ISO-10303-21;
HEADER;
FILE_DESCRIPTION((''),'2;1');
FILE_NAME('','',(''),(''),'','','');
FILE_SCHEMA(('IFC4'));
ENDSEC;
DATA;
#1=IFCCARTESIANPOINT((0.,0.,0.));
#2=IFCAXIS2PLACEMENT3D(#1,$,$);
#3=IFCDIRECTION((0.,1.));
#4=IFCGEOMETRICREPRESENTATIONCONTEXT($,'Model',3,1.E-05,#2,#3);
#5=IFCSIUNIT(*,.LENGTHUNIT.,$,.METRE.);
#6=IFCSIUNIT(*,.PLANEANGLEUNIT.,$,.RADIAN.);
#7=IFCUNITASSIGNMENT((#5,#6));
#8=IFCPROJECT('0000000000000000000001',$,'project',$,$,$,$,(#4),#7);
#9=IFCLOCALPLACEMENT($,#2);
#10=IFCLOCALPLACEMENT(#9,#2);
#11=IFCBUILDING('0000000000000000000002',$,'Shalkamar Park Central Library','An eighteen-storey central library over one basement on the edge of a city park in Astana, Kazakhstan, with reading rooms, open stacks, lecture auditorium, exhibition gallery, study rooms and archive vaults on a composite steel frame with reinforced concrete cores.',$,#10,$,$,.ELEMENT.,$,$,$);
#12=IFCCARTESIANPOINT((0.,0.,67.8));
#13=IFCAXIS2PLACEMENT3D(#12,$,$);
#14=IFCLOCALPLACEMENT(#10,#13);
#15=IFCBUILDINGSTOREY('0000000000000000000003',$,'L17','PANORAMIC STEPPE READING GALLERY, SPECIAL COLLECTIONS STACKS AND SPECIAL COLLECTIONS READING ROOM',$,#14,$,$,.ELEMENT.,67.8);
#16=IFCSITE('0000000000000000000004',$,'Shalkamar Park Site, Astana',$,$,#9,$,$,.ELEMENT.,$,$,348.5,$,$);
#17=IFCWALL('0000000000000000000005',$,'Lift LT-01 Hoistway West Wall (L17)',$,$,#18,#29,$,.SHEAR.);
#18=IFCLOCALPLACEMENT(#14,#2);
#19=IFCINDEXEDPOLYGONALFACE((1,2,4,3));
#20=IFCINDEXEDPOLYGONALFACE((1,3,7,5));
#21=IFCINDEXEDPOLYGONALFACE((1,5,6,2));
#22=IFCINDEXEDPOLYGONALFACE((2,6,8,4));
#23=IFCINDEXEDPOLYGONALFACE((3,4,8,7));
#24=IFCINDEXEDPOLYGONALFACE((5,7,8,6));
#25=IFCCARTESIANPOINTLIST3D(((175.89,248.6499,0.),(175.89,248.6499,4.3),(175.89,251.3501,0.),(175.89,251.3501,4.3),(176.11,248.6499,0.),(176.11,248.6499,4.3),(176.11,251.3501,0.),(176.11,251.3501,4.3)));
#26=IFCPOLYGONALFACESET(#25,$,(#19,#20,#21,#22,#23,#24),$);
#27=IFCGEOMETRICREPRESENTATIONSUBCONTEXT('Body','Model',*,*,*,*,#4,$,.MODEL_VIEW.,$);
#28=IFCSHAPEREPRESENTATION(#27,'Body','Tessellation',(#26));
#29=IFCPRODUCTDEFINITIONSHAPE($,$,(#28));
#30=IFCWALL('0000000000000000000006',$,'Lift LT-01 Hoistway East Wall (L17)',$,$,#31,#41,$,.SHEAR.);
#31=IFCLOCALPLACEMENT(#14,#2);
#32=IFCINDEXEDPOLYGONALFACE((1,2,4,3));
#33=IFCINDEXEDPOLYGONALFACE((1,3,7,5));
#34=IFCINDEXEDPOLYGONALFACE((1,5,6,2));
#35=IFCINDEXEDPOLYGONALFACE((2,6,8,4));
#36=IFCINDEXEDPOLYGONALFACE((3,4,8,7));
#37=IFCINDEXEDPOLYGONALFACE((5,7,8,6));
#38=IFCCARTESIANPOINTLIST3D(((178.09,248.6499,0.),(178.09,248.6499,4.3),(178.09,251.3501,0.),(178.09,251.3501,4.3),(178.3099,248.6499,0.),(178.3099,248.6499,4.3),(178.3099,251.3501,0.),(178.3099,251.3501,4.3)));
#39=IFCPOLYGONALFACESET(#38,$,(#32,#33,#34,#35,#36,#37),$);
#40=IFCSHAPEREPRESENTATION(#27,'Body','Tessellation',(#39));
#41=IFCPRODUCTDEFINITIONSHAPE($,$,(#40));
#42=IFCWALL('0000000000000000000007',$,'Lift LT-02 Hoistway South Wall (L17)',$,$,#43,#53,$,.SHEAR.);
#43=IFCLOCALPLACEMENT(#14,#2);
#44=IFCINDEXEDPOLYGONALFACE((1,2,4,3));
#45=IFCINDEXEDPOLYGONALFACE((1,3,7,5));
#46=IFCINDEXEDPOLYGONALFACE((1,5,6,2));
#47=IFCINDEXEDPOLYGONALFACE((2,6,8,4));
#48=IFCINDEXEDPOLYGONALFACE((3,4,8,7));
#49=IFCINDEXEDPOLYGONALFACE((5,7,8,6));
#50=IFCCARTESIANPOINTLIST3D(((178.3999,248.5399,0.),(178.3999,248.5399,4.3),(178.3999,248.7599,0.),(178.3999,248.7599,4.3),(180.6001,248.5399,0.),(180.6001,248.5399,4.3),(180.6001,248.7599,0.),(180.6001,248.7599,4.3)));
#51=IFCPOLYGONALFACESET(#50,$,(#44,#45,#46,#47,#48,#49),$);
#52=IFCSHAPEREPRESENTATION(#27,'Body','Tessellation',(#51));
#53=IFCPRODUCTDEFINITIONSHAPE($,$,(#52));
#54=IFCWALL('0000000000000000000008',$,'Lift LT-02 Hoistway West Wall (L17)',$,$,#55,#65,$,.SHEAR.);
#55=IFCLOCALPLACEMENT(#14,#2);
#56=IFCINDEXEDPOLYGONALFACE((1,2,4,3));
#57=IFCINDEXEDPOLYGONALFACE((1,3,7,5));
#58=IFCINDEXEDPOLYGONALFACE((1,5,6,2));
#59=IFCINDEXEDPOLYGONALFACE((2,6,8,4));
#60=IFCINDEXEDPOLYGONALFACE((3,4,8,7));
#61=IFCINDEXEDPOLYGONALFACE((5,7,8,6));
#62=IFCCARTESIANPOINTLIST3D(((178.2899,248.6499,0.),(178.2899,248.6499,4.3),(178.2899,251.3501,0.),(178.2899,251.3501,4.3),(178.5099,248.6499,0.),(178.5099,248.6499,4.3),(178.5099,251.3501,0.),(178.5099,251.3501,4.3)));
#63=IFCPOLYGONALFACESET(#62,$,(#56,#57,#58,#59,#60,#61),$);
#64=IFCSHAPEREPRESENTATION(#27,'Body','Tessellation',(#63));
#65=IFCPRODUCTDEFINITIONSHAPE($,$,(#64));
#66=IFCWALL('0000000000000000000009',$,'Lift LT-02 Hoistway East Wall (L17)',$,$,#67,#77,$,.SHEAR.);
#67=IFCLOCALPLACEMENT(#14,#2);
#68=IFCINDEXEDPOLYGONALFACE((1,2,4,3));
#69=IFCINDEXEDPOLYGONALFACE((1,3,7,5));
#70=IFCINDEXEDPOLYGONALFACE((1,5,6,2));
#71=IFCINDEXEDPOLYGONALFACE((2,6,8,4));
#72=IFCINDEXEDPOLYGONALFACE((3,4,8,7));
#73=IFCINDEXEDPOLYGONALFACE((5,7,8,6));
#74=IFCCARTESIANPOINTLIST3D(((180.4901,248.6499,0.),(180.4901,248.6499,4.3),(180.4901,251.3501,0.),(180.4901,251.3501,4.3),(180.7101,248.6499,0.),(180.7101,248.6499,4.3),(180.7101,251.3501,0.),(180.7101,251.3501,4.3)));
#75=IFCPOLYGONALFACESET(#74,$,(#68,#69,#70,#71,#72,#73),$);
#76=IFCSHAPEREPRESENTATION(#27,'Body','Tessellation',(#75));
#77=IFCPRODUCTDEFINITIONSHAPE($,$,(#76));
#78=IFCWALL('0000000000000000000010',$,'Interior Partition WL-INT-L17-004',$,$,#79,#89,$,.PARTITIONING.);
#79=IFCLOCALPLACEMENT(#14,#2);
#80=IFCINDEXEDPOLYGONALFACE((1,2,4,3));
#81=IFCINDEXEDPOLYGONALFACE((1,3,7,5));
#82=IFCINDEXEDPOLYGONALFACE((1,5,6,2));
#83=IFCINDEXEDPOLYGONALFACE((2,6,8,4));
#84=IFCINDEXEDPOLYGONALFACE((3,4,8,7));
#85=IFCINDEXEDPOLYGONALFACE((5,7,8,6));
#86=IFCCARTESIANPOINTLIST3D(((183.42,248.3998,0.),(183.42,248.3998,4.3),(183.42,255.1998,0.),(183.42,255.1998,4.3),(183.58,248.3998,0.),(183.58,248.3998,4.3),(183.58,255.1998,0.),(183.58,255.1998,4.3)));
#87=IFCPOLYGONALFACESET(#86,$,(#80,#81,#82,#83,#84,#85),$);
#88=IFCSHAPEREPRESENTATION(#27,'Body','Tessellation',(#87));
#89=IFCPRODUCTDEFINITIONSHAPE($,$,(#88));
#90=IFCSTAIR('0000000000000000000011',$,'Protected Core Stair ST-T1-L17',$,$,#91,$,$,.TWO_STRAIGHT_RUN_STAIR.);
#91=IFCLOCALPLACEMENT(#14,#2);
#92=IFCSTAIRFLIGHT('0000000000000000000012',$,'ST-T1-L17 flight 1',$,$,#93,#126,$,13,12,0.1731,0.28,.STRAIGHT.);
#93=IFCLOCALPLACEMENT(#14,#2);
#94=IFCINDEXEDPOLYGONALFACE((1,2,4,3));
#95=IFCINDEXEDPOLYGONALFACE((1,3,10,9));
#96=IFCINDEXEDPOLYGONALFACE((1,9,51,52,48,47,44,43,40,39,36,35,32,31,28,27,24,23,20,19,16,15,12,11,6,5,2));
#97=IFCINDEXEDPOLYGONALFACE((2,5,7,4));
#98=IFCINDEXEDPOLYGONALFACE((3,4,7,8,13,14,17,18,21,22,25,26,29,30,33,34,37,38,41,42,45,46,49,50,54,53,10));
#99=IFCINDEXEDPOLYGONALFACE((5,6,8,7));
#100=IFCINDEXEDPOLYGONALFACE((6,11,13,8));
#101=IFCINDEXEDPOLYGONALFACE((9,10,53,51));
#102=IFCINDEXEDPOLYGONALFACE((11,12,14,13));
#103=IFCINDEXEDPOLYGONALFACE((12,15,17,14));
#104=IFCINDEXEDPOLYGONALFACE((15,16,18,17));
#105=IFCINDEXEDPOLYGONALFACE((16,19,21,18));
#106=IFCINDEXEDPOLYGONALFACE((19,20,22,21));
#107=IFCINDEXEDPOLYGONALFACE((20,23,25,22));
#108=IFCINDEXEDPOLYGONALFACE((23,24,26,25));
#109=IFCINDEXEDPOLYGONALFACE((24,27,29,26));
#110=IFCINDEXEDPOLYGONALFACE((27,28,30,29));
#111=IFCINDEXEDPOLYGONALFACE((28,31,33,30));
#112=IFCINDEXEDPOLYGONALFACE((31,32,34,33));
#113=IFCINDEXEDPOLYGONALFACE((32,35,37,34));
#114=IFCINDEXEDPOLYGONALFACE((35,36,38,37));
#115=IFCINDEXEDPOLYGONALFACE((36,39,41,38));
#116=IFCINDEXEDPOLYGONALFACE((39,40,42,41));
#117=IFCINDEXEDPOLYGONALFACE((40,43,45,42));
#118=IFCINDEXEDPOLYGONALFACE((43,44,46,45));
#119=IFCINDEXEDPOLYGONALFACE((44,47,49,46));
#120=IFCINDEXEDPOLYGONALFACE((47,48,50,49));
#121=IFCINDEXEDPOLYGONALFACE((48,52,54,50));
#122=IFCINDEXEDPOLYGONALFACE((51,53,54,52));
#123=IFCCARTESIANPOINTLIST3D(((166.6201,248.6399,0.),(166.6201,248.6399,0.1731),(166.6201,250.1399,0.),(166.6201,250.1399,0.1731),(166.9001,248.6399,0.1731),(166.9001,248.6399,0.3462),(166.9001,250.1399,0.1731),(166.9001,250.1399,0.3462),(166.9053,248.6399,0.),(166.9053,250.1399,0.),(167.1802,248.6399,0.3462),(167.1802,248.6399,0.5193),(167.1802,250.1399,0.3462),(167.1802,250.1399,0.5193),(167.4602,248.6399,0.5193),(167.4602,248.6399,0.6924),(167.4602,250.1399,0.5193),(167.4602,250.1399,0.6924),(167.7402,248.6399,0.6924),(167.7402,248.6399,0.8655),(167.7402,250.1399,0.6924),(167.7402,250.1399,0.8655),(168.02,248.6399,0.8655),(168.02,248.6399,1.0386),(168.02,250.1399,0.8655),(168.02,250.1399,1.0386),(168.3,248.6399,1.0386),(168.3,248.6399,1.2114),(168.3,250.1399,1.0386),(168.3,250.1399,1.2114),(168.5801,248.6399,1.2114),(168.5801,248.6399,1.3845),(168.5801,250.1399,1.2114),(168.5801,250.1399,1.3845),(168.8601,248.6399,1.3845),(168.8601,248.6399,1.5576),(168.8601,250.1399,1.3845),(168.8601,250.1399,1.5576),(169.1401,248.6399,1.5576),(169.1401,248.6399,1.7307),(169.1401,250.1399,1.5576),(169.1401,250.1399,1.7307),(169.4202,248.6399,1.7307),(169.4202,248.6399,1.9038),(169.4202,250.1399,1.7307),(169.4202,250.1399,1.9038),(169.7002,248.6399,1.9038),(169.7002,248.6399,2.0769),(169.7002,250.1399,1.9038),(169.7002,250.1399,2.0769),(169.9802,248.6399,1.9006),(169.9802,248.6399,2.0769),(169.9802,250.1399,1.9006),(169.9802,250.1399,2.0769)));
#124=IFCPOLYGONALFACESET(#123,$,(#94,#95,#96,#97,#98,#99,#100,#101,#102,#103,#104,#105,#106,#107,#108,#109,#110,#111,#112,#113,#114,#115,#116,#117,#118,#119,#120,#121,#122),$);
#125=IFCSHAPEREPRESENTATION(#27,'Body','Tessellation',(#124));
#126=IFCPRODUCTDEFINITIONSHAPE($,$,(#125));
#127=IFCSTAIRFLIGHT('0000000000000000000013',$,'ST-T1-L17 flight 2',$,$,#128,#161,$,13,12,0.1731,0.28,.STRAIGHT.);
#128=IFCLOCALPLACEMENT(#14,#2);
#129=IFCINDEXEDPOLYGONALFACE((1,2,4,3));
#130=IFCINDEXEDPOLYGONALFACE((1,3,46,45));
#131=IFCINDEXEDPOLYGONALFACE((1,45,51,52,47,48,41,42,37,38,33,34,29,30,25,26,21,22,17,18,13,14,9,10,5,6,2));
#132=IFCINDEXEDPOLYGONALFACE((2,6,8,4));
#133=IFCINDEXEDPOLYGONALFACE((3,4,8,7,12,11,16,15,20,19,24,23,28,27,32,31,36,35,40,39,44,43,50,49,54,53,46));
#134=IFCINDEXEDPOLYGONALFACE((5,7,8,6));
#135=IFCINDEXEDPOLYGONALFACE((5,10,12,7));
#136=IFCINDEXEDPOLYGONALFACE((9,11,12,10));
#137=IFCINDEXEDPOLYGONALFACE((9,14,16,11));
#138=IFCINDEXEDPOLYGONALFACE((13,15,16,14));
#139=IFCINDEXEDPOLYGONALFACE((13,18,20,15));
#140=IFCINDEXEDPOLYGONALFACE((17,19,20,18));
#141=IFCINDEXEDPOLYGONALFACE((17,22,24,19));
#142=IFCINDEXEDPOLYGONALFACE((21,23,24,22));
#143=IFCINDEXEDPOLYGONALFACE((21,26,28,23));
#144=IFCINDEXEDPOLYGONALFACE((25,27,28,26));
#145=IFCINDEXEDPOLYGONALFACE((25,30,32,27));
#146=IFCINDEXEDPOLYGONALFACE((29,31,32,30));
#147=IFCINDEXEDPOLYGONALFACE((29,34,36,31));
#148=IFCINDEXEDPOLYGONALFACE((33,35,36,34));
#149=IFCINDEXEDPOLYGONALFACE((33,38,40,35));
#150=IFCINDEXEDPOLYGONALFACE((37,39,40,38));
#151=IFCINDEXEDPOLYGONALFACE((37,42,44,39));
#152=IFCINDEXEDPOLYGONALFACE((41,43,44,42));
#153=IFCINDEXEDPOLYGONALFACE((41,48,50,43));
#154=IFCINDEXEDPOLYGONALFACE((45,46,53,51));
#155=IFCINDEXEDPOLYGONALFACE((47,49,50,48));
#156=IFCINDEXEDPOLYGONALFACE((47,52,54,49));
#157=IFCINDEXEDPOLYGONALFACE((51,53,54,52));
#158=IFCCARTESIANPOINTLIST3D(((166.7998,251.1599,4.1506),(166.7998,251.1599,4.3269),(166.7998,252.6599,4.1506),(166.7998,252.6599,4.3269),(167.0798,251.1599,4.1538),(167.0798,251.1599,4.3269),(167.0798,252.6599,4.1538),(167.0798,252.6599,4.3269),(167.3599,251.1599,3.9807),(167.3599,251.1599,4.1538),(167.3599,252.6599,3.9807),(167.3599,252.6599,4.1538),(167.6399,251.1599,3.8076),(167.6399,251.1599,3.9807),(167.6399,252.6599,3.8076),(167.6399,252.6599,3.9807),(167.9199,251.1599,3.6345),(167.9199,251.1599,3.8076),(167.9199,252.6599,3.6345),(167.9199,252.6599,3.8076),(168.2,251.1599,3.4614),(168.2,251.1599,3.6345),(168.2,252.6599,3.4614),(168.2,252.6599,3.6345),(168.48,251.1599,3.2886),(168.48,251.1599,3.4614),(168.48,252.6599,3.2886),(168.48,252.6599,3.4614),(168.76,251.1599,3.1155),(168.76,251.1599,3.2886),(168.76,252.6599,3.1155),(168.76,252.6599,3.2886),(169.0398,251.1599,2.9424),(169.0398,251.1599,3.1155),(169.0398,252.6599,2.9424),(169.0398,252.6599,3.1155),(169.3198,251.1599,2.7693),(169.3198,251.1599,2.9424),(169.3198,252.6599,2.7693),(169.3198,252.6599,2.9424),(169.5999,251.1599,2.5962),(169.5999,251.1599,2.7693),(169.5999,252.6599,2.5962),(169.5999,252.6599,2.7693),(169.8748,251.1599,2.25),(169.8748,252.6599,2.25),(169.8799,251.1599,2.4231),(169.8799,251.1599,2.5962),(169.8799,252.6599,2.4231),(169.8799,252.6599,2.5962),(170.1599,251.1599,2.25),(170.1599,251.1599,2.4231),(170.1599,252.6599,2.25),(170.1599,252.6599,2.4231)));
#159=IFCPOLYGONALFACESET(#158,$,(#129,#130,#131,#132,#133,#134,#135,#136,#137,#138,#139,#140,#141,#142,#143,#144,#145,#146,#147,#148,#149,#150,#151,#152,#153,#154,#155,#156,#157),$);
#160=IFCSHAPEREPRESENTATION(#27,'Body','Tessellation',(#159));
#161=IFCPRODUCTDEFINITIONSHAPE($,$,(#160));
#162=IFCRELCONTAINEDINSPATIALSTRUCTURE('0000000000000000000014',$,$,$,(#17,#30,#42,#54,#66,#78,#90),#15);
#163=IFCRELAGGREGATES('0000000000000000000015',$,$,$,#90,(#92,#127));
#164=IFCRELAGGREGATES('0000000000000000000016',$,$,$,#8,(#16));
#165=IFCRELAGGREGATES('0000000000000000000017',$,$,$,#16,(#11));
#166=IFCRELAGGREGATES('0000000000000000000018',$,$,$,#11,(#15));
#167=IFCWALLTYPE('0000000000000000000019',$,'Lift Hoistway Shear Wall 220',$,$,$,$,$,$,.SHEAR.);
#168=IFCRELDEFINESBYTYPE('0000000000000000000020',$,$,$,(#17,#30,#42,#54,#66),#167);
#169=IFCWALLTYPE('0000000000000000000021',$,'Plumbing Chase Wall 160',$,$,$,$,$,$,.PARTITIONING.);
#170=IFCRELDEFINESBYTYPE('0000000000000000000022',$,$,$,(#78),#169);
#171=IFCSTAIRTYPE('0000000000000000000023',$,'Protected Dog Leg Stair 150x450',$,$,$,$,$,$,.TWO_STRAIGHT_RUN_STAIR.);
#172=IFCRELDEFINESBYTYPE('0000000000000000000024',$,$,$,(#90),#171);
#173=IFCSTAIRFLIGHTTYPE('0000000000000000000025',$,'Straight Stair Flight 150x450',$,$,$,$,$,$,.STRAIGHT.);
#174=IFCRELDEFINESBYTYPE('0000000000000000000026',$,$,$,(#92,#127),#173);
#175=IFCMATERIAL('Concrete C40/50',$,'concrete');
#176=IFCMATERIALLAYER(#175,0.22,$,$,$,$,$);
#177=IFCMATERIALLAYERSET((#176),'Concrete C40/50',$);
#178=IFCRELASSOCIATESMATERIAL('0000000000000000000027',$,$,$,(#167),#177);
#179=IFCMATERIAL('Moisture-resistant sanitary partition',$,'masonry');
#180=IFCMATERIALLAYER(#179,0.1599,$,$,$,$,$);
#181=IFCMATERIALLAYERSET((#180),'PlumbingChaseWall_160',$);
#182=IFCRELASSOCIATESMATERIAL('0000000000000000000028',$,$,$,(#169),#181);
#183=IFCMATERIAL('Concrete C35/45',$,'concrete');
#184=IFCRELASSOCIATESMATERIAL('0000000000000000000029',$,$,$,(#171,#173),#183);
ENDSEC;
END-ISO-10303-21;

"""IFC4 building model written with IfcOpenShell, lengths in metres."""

from ifc_helpers import new_model, si_unit, direction, frame, frame_2d, origin, place, context, subcontext, project, spatial, polyline, rectangle, outline, extrude, material, layer, layer_set, type_object, element, aggregate, save


model = new_model("IFC4")

# Units and contexts
model_context = context("Model", 3, precision=1e-05, world=origin(), true_north=direction((0.0, 1.0)))
body_context = subcontext(model_context, "Body", "Model", "MODEL_VIEW")
ifc_project = project(units=[si_unit("LENGTHUNIT", "METRE"), si_unit("PLANEANGLEUNIT", "RADIAN")], contexts=[model_context])

# Site, building, storey
site_placement = place(None, origin())
site = spatial("IfcSite", under=ifc_project, at=site_placement, Name="Shalkamar Park Site, Astana", CompositionType="ELEMENT", RefElevation=348.5)
building_placement = place(site_placement, origin())
building = spatial("IfcBuilding", under=site, at=building_placement, Name="Shalkamar Park Central Library", Description="An eighteen-storey central library over one basement on the edge of a city park in Astana, Kazakhstan, with reading rooms, open stacks, lecture auditorium, exhibition gallery, study rooms and archive vaults on a composite steel frame with reinforced concrete cores.", CompositionType="ELEMENT")
storey_placement = place(building_placement, frame((0.0, 0.0, 67.8)))
storey = spatial("IfcBuildingStorey", under=building, at=storey_placement, Name="L17", Description="PANORAMIC STEPPE READING GALLERY, SPECIAL COLLECTIONS STACKS AND SPECIAL COLLECTIONS READING ROOM", CompositionType="ELEMENT", Elevation=67.8)

# Shared definitions
ifc_material_1 = material(Name="Concrete C40/50", Category="concrete")
ifc_layer_1 = layer(ifc_material_1, 0.22)
ifc_layer_set_1 = layer_set([ifc_layer_1], Name="Concrete C40/50")
wall_type_1 = type_object("IfcWallType", Name="Lift Hoistway Shear Wall 220", PredefinedType="SHEAR", material=ifc_layer_set_1)

# Walls
for number, where, z_axis, x_axis, name in (
    (1, (176.0, 248.6499, 0.0), (0.0, 0.0, 1.0), (0.0, 1.0, 0.0), "Lift LT-01 Hoistway West Wall (L17)"),
    (2, (178.2, 248.6499, 0.0), (0.0, 0.0, 1.0), (0.0, 1.0, 0.0), "Lift LT-01 Hoistway East Wall (L17)"),
):
    element("IfcWall", number, at=place(storey_placement, frame(where, z_axis=z_axis, x_axis=x_axis)), inside=storey, type_object=wall_type_1, Name=name, PredefinedType="SHEAR", context=body_context, shape_type="SweptSolid", body=[
        extrude(rectangle(XDim=2.7002, YDim=0.22, at=frame_2d((1.3501, 0.0))), origin(), (0.0, 0.0, 1.0), 4.3),
    ])

# Walls
wall_1_placement = place(storey_placement, frame((178.3999, 248.6499, 0.0), z_axis=(0.0, 0.0, 1.0), x_axis=(1.0, 0.0, 0.0)))
element("IfcWall", 3, at=wall_1_placement, inside=storey, type_object=wall_type_1, Name="Lift LT-02 Hoistway South Wall (L17)", PredefinedType="SHEAR", context=body_context, shape_type="SweptSolid", body=[
    extrude(rectangle(XDim=2.2002, YDim=0.22, at=frame_2d((1.1001, 0.0))), origin(), (0.0, 0.0, 1.0), 4.3),
])
for number, where, z_axis, x_axis, name in (
    (4, (178.3999, 248.6499, 0.0), (0.0, 0.0, 1.0), (0.0, 1.0, 0.0), "Lift LT-02 Hoistway West Wall (L17)"),
    (5, (180.6001, 248.6499, 0.0), (0.0, 0.0, 1.0), (0.0, 1.0, 0.0), "Lift LT-02 Hoistway East Wall (L17)"),
):
    element("IfcWall", number, at=place(storey_placement, frame(where, z_axis=z_axis, x_axis=x_axis)), inside=storey, type_object=wall_type_1, Name=name, PredefinedType="SHEAR", context=body_context, shape_type="SweptSolid", body=[
        extrude(rectangle(XDim=2.7002, YDim=0.22, at=frame_2d((1.3501, 0.0))), origin(), (0.0, 0.0, 1.0), 4.3),
    ])

# Wall
ifc_material_2 = material(Name="Moisture-resistant sanitary partition", Category="masonry")
ifc_layer_2 = layer(ifc_material_2, 0.1599)
ifc_layer_set_2 = layer_set([ifc_layer_2], Name="PlumbingChaseWall_160")
wall_type_2 = type_object("IfcWallType", Name="Plumbing Chase Wall 160", PredefinedType="PARTITIONING", material=ifc_layer_set_2)
wall_2_placement = place(storey_placement, frame((183.5, 248.3999, 0.0), z_axis=(0.0, 0.0, 1.0), x_axis=(0.0, 1.0, 0.0)))
element("IfcWall", 6, at=wall_2_placement, inside=storey, type_object=wall_type_2, Name="Interior Partition WL-INT-L17-004", PredefinedType="PARTITIONING", context=body_context, shape_type="SweptSolid", body=[
    extrude(rectangle(XDim=6.8, YDim=0.1599, at=frame_2d((3.3999, 0.0))), origin(), (0.0, 0.0, 1.0), 4.3),
])

# Stair, stair flights
ifc_material_3 = material(Name="Concrete C35/45", Category="concrete")
stair_type = type_object("IfcStairType", Name="Protected Dog Leg Stair 150x450", PredefinedType="TWO_STRAIGHT_RUN_STAIR", material=ifc_material_3)
stair_placement = place(storey_placement, origin())
stair = element("IfcStair", 7, at=stair_placement, inside=storey, type_object=stair_type, Name="Protected Core Stair ST-T1-L17", PredefinedType="TWO_STRAIGHT_RUN_STAIR")
stair_flight_type = type_object("IfcStairFlightType", Name="Straight Stair Flight 150x450", PredefinedType="STRAIGHT", material=ifc_material_3)
stair_flight_1_placement = place(storey_placement, frame((166.6201, 249.3899, 0.0), z_axis=(0.0, 0.0, 1.0), x_axis=(1.0, 0.0, 0.0)))
stair_flight_1 = element("IfcStairFlight", 8, at=stair_flight_1_placement, type_object=stair_flight_type, Name="ST-T1-L17 flight 1", NumberOfRisers=13, NumberOfTreads=12, PredefinedType="STRAIGHT", RiserHeight=0.1731, TreadLength=0.28, context=body_context, shape_type="SweptSolid", body=[
    extrude(outline(polyline([(0.0, 0.0), (0.0, 0.1731), (0.28, 0.1731), (0.28, 0.3462), (0.5601, 0.3462), (0.5601, 0.5193), (0.8401, 0.5193), (0.8401, 0.6924), (1.1201, 0.6924), (1.1201, 0.8655), (1.3999, 0.8655), (1.3999, 1.0386), (1.6799, 1.0386), (1.6799, 1.2114), (1.96, 1.2114), (1.96, 1.3845), (2.24, 1.3845), (2.24, 1.5576), (2.52, 1.5576), (2.52, 1.7307), (2.8, 1.7307), (2.8, 1.9038), (3.0801, 1.9038), (3.0801, 2.0769), (3.3601, 2.0769), (3.3601, 2.25), (3.3601, 1.9006), (0.2852, 0.0), (0.0, 0.0)])), frame((0.0, 0.75, 0.0), z_axis=(0.0, -1.0, 0.0), x_axis=(1.0, 0.0, 0.0)), (0.0, 0.0, 1.0), 1.5),
])
stair_flight_2_placement = place(storey_placement, frame((170.1599, 251.9099, 2.25), z_axis=(0.0, 0.0, 1.0), x_axis=(-1.0, 0.0, 0.0)))
stair_flight_2 = element("IfcStairFlight", 9, at=stair_flight_2_placement, type_object=stair_flight_type, Name="ST-T1-L17 flight 2", NumberOfRisers=13, NumberOfTreads=12, PredefinedType="STRAIGHT", RiserHeight=0.1731, TreadLength=0.28, context=body_context, shape_type="SweptSolid", body=[
    extrude(outline(polyline([(0.0, 0.0), (0.0, 0.1731), (0.28, 0.1731), (0.28, 0.3462), (0.5601, 0.3462), (0.5601, 0.5193), (0.8401, 0.5193), (0.8401, 0.6924), (1.1201, 0.6924), (1.1201, 0.8655), (1.3999, 0.8655), (1.3999, 1.0386), (1.6799, 1.0386), (1.6799, 1.2114), (1.96, 1.2114), (1.96, 1.3845), (2.24, 1.3845), (2.24, 1.5576), (2.52, 1.5576), (2.52, 1.7307), (2.8, 1.7307), (2.8, 1.9038), (3.0801, 1.9038), (3.0801, 2.0769), (3.3601, 2.0769), (3.3601, 2.25), (3.3601, 1.9006), (0.2852, 0.0), (0.0, 0.0)])), frame((0.0, 0.75, 0.0), z_axis=(0.0, -1.0, 0.0), x_axis=(1.0, 0.0, 0.0)), (0.0, 0.0, 1.0), 1.5),
])
aggregate(stair, [stair_flight_1, stair_flight_2])

save(model, "model.ifc")
